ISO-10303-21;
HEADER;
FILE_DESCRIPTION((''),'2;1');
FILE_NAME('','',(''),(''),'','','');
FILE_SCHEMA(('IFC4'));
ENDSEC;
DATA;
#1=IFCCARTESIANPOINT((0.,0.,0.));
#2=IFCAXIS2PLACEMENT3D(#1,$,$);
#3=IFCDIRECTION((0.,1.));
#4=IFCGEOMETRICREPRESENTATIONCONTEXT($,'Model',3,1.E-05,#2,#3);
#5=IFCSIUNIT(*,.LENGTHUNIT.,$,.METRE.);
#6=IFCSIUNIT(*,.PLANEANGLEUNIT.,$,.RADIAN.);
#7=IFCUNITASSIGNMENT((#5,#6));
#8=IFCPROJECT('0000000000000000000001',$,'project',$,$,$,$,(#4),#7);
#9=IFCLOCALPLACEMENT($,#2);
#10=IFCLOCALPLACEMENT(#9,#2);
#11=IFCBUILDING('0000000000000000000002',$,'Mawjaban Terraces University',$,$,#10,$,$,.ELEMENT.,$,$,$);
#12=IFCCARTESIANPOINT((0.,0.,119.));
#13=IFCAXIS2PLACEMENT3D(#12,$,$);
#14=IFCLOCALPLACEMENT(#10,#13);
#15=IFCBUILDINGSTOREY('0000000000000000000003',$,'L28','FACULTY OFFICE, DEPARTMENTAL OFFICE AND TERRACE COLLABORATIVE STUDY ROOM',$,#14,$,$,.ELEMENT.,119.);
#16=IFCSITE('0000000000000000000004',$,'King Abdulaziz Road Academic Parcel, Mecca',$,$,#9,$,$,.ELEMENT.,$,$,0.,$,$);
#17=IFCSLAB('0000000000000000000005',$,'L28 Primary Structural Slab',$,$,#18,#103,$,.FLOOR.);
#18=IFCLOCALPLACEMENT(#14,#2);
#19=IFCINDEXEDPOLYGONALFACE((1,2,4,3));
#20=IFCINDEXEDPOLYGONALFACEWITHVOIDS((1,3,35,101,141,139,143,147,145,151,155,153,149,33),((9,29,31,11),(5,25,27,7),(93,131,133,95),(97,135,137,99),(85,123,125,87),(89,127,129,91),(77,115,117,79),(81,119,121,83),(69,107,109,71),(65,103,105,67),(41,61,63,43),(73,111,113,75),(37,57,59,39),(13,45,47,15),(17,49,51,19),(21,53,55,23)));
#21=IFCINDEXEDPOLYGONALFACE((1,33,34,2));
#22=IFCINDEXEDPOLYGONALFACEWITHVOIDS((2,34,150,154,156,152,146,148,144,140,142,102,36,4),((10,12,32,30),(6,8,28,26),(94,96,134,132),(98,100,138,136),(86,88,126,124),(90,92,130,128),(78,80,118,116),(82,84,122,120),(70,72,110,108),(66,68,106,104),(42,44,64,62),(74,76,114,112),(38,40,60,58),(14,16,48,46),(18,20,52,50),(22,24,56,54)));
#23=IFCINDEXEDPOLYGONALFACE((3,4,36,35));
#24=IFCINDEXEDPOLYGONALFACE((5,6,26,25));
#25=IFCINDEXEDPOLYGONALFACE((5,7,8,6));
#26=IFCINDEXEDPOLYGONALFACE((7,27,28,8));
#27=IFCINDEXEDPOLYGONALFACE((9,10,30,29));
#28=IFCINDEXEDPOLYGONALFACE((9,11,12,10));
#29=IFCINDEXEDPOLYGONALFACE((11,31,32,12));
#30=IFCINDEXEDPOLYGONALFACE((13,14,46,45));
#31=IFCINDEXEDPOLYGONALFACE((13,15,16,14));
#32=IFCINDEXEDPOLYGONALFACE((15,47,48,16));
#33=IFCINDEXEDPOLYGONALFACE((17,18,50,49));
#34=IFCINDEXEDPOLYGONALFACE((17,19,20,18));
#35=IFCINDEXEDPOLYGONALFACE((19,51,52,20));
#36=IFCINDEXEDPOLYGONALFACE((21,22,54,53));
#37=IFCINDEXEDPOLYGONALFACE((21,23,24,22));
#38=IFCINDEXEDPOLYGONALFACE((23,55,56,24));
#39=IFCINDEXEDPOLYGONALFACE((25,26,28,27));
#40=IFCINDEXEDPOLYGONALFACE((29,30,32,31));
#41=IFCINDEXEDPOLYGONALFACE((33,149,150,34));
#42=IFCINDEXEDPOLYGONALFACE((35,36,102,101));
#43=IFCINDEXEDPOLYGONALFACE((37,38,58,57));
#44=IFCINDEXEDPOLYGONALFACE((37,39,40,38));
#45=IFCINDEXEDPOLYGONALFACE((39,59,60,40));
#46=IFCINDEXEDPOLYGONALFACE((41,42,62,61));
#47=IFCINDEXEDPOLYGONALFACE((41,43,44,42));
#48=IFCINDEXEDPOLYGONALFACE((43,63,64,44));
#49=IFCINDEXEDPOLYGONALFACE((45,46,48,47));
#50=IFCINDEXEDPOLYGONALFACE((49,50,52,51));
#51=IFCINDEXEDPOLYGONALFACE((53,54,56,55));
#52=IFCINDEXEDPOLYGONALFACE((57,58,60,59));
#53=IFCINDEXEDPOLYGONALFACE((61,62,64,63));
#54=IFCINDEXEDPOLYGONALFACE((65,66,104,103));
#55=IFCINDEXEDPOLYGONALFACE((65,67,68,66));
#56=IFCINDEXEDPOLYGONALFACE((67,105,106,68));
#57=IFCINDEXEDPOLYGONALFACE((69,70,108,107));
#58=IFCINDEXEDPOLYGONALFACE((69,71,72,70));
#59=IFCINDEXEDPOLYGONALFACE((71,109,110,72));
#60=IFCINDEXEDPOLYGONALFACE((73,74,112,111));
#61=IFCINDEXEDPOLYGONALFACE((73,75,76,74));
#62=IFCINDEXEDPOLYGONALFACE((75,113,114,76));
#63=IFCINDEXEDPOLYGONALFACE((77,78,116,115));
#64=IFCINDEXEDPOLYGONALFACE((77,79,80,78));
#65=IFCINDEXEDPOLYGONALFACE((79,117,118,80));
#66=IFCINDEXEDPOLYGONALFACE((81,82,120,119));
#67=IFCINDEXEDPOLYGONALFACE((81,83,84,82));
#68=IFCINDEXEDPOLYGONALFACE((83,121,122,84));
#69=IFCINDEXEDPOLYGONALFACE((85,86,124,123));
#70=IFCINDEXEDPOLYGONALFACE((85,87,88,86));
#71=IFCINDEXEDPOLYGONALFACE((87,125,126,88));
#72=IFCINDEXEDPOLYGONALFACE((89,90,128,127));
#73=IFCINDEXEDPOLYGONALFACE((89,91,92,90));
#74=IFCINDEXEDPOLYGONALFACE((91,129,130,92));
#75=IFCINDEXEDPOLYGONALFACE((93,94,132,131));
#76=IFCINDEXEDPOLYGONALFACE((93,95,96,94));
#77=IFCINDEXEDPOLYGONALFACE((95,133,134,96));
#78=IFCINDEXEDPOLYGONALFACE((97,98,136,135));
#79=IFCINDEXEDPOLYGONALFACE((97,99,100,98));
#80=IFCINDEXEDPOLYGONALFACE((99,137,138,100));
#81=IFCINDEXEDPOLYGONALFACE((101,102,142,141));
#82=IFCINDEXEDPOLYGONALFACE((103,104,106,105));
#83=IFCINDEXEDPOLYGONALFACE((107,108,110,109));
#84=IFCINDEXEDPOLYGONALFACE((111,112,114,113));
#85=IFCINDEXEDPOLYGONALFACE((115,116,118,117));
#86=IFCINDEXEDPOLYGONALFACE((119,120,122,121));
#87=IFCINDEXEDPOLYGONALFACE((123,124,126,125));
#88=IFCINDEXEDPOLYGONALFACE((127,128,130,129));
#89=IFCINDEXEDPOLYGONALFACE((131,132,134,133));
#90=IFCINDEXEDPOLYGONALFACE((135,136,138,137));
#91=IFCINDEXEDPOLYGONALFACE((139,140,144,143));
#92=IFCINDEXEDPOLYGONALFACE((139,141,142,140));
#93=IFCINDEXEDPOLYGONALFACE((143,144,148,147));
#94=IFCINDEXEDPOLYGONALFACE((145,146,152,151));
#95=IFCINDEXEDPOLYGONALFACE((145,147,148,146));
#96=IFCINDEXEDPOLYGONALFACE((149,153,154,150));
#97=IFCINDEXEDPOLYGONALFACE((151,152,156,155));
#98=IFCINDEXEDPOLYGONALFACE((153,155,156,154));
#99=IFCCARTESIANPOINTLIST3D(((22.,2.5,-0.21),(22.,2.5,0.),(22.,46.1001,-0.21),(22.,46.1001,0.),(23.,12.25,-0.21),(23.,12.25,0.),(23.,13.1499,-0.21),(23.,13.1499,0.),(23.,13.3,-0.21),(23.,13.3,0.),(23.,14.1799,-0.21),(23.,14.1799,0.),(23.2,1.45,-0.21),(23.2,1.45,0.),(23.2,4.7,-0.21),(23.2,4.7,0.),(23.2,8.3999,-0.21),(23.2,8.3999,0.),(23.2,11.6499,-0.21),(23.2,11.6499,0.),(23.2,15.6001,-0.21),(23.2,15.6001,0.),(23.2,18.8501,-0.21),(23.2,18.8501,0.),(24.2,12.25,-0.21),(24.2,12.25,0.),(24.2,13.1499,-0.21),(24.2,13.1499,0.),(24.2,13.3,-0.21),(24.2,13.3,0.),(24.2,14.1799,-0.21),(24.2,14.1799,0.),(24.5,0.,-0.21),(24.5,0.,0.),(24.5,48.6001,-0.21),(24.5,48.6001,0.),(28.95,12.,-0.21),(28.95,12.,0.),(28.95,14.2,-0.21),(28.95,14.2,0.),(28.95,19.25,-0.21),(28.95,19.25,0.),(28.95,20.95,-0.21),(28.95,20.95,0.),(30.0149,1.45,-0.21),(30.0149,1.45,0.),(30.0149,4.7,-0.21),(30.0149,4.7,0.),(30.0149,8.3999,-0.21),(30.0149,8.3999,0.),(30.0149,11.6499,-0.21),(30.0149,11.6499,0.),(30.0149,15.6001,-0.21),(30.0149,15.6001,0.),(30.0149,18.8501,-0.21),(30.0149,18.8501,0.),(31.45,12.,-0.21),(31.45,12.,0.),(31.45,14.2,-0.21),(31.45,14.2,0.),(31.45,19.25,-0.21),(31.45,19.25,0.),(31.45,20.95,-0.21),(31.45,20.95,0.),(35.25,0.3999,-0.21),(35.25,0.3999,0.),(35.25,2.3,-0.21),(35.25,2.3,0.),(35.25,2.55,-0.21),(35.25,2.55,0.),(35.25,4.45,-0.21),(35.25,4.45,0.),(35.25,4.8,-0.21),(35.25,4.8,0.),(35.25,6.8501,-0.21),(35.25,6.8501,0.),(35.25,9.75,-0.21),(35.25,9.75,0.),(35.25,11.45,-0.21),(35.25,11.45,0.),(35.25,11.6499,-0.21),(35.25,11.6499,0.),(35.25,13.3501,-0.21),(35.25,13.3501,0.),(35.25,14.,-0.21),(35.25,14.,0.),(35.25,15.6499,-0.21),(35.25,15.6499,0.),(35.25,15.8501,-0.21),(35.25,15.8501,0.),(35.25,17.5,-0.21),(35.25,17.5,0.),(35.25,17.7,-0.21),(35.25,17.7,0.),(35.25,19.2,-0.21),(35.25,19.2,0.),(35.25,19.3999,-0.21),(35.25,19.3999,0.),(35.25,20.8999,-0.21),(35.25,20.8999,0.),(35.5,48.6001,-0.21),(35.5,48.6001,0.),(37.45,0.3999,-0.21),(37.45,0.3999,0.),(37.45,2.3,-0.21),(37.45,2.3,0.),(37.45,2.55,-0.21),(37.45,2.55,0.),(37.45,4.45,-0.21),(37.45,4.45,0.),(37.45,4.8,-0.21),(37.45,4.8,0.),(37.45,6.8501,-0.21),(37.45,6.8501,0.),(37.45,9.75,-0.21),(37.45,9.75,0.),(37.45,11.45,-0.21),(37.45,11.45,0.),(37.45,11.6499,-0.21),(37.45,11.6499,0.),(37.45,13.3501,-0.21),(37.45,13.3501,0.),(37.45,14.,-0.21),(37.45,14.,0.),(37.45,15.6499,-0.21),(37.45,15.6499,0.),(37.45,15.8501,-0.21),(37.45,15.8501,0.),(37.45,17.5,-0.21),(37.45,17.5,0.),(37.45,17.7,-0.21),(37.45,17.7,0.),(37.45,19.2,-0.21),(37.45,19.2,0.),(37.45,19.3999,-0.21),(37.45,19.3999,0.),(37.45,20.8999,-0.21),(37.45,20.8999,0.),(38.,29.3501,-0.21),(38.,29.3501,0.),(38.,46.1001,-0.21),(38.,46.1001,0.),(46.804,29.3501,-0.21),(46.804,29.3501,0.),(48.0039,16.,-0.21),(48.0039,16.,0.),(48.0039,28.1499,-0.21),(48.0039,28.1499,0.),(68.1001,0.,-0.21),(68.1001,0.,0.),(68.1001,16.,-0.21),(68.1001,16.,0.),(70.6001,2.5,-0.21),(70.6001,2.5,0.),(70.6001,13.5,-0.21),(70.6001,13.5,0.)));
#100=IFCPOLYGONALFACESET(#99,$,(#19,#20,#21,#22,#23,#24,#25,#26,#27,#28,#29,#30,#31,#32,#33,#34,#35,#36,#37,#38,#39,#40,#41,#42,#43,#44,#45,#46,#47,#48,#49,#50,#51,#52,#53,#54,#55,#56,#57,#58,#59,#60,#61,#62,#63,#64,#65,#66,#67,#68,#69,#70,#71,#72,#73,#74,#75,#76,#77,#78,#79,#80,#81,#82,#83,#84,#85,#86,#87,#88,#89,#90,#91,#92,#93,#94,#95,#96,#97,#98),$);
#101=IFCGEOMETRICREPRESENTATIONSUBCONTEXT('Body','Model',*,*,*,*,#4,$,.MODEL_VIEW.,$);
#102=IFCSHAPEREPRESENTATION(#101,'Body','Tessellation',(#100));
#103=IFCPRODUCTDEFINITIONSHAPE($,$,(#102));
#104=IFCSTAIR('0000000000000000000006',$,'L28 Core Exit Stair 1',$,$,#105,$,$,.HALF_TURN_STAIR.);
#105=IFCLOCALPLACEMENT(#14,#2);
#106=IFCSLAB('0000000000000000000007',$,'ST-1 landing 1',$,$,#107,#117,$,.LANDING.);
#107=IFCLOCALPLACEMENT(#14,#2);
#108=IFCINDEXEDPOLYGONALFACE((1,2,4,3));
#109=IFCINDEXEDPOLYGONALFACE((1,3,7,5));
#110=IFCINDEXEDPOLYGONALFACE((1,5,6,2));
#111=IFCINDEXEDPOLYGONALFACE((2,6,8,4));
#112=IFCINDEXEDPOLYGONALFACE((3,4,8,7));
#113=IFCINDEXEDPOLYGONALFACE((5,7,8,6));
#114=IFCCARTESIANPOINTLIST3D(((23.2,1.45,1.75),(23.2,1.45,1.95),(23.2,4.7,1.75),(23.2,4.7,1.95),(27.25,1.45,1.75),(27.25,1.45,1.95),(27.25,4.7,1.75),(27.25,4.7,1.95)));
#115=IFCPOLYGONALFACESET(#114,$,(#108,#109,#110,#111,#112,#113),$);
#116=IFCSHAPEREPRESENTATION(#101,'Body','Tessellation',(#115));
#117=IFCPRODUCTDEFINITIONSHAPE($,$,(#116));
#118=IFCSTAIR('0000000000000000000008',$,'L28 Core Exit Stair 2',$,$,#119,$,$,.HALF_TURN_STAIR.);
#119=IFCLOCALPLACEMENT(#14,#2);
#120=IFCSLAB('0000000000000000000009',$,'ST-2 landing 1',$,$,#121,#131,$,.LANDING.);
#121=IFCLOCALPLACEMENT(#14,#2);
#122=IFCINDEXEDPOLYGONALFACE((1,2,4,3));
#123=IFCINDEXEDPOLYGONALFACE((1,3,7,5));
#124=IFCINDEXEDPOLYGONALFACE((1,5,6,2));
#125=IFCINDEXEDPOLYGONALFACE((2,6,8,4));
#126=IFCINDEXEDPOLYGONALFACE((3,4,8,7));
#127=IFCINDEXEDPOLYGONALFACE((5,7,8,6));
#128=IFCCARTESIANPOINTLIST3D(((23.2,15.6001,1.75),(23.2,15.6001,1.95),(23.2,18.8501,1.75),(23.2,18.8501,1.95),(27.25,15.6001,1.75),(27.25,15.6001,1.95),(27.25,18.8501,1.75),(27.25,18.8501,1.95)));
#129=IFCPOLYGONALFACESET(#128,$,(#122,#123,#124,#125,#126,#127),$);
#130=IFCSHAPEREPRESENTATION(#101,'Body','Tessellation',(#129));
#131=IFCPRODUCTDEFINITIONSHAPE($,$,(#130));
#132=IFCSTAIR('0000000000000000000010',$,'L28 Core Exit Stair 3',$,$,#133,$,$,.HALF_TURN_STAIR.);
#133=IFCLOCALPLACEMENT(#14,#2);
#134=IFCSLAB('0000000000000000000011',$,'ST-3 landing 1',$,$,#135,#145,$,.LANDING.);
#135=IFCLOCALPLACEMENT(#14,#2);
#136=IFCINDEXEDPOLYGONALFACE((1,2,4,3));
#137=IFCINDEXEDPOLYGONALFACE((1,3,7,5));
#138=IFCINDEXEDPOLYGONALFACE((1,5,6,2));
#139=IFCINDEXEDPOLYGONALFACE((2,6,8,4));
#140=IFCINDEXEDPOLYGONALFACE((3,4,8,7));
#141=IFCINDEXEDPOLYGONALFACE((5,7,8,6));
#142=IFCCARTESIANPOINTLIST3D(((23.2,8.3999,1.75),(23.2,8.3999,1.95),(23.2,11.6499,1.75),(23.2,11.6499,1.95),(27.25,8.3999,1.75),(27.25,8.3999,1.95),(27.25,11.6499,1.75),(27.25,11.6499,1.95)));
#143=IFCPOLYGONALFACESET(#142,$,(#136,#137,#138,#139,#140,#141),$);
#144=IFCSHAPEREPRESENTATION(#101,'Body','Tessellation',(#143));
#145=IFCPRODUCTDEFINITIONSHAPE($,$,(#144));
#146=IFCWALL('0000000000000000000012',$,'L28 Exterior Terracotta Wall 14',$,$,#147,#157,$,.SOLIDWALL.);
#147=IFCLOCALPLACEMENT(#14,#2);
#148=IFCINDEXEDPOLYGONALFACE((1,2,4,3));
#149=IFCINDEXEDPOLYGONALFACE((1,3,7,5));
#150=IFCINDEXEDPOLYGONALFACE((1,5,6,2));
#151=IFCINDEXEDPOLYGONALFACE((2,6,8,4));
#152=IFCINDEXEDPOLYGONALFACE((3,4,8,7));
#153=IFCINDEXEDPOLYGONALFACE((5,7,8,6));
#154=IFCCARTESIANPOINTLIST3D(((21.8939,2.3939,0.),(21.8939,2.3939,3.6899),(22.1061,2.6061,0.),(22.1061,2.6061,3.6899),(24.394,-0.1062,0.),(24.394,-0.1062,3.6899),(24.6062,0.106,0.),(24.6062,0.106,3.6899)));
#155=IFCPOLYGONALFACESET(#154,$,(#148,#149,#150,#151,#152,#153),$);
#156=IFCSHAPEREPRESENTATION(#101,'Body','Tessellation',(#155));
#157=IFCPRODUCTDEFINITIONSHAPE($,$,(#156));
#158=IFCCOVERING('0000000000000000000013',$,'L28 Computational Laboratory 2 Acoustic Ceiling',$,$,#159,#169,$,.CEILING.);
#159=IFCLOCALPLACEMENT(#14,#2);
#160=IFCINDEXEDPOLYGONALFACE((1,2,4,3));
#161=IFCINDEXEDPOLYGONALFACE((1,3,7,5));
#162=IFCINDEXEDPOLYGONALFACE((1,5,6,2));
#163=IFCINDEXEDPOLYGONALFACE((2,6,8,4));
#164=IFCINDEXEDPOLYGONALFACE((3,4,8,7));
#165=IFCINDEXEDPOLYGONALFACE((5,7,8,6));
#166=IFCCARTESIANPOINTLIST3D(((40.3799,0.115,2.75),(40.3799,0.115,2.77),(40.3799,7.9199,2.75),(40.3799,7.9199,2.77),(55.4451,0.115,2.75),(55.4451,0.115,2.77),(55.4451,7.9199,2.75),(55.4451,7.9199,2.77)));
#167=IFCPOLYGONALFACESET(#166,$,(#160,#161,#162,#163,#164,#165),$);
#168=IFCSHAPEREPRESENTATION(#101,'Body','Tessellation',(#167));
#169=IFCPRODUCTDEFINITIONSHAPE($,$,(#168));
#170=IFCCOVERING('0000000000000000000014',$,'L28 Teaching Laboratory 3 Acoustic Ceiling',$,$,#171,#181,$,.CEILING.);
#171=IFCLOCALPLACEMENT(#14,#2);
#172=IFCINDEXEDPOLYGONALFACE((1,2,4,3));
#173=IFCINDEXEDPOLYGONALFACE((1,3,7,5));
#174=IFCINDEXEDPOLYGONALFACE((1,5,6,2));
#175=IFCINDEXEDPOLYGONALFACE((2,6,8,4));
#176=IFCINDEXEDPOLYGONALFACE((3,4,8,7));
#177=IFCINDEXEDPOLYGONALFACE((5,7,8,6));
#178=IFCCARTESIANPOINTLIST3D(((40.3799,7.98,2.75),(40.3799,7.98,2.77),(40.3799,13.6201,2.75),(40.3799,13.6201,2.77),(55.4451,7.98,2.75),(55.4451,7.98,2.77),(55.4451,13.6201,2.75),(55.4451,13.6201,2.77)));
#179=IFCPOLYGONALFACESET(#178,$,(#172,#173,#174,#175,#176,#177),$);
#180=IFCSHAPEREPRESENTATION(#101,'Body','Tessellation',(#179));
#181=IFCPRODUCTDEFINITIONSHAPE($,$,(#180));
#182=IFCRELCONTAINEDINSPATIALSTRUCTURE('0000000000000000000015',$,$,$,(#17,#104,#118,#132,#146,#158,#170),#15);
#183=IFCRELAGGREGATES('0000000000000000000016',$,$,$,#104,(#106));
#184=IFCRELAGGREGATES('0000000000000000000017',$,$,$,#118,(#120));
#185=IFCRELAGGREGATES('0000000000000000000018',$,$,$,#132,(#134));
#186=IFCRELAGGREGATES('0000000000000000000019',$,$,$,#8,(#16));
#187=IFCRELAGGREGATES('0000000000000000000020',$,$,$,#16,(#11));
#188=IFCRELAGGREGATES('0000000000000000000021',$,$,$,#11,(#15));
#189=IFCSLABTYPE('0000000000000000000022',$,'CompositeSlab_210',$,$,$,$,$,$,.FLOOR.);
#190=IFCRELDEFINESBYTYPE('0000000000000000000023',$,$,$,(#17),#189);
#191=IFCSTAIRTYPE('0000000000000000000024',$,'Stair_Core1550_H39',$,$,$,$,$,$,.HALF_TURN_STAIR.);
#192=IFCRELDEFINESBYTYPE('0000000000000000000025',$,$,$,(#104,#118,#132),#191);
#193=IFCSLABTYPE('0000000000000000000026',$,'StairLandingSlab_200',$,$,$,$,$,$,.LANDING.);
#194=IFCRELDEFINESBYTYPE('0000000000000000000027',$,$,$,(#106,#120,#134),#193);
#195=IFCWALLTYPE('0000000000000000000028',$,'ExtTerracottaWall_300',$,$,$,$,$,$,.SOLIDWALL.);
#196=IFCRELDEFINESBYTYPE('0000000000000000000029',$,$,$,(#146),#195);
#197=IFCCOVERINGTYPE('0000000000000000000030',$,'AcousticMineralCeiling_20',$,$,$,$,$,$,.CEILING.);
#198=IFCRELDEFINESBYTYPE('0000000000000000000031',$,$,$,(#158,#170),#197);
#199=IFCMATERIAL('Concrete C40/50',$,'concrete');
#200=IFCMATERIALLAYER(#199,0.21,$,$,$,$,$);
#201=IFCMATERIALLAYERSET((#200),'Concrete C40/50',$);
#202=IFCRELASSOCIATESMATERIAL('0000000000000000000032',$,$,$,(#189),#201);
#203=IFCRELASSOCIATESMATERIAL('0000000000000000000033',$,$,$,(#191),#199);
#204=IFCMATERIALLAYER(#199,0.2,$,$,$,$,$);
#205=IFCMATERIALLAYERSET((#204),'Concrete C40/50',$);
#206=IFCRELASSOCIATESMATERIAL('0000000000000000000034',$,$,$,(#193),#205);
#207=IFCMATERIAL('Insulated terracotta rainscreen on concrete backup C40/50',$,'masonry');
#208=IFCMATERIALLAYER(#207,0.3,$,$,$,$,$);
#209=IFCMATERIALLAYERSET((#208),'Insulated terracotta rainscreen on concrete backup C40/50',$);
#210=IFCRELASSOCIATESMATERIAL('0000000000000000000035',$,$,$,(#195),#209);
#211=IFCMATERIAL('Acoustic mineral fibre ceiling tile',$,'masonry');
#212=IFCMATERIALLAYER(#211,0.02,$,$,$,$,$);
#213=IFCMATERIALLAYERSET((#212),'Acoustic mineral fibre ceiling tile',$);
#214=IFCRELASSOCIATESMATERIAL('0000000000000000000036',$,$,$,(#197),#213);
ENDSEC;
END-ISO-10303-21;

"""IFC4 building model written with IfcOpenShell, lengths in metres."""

from ifc_helpers import new_model, si_unit, direction, frame, frame_2d, origin, place, context, subcontext, project, spatial, polyline, rectangle, outline, extrude, material, layer, layer_set, type_object, element, aggregate, save


model = new_model("IFC4")

# Units and contexts
model_context = context("Model", 3, precision=1e-05, world=origin(), true_north=direction((0.0, 1.0)))
body_context = subcontext(model_context, "Body", "Model", "MODEL_VIEW")
ifc_project = project(units=[si_unit("LENGTHUNIT", "METRE"), si_unit("PLANEANGLEUNIT", "RADIAN")], contexts=[model_context])

# Site, building, storey
site_placement = place(None, origin())
site = spatial("IfcSite", under=ifc_project, at=site_placement, Name="King Abdulaziz Road Academic Parcel, Mecca", CompositionType="ELEMENT", RefElevation=0.0)
building_placement = place(site_placement, origin())
building = spatial("IfcBuilding", under=site, at=building_placement, Name="Mawjaban Terraces University", CompositionType="ELEMENT")
storey_placement = place(building_placement, frame((0.0, 0.0, 119.0)))
storey = spatial("IfcBuildingStorey", under=building, at=storey_placement, Name="L28", Description="FACULTY OFFICE, DEPARTMENTAL OFFICE AND TERRACE COLLABORATIVE STUDY ROOM", CompositionType="ELEMENT", Elevation=119.0)

# Slab
ifc_material_1 = material(Name="Concrete C40/50", Category="concrete")
ifc_layer_1 = layer(ifc_material_1, 0.21)
ifc_layer_set_1 = layer_set([ifc_layer_1], Name="Concrete C40/50")
slab_type_1 = type_object("IfcSlabType", Name="CompositeSlab_210", PredefinedType="FLOOR", material=ifc_layer_set_1)
slab_1_placement = place(storey_placement, frame((0.0, 0.0, -0.21)))
element("IfcSlab", 1, at=slab_1_placement, inside=storey, type_object=slab_type_1, Name="L28 Primary Structural Slab", PredefinedType="FLOOR", context=body_context, shape_type="SweptSolid", body=[
    extrude(outline(polyline([(24.5, 0.0), (68.1001, 0.0), (70.6001, 2.5), (70.6001, 13.5), (68.1001, 16.0), (48.0039, 16.0), (48.0039, 28.1499), (46.804, 29.3501), (38.0, 29.3501), (38.0, 46.1001), (35.5, 48.6001), (24.5, 48.6001), (22.0, 46.1001), (22.0, 2.5), (24.5, 0.0)]), holes=[polyline([(30.0149, 4.7), (23.2, 4.7), (23.2, 1.45), (30.0149, 1.45), (30.0149, 4.7)]), polyline([(30.0149, 18.8501), (23.2, 18.8501), (23.2, 15.6001), (30.0149, 15.6001), (30.0149, 18.8501)]), polyline([(30.0149, 11.6499), (23.2, 11.6499), (23.2, 8.3999), (30.0149, 8.3999), (30.0149, 11.6499)]), polyline([(35.25, 0.3999), (37.45, 0.3999), (37.45, 2.3), (35.25, 2.3), (35.25, 0.3999)]), polyline([(35.25, 2.55), (37.45, 2.55), (37.45, 4.45), (35.25, 4.45), (35.25, 2.55)]), polyline([(35.25, 4.8), (37.45, 4.8), (37.45, 6.8501), (35.25, 6.8501), (35.25, 4.8)]), polyline([(35.25, 9.75), (37.45, 9.75), (37.45, 11.45), (35.25, 11.45), (35.25, 9.75)]), polyline([(35.25, 11.6499), (37.45, 11.6499), (37.45, 13.3501), (35.25, 13.3501), (35.25, 11.6499)]), polyline([(28.95, 12.0), (31.45, 12.0), (31.45, 14.2), (28.95, 14.2), (28.95, 12.0)]), polyline([(35.25, 14.0), (37.45, 14.0), (37.45, 15.6499), (35.25, 15.6499), (35.25, 14.0)]), polyline([(35.25, 15.8501), (37.45, 15.8501), (37.45, 17.5), (35.25, 17.5), (35.25, 15.8501)]), polyline([(35.25, 17.7), (37.45, 17.7), (37.45, 19.2), (35.25, 19.2), (35.25, 17.7)]), polyline([(35.25, 19.3999), (37.45, 19.3999), (37.45, 20.8999), (35.25, 20.8999), (35.25, 19.3999)]), polyline([(28.95, 19.25), (31.45, 19.25), (31.45, 20.95), (28.95, 20.95), (28.95, 19.25)]), polyline([(23.0, 12.25), (24.2, 12.25), (24.2, 13.1499), (23.0, 13.1499), (23.0, 12.25)]), polyline([(23.0, 13.3), (24.2, 13.3), (24.2, 14.1799), (23.0, 14.1799), (23.0, 13.3)])]), origin(), (0.0, 0.0, 1.0), 0.21),
])

# Stairs, slabs
stair_type = type_object("IfcStairType", Name="Stair_Core1550_H39", PredefinedType="HALF_TURN_STAIR", material=ifc_material_1)
stair_1_placement = place(storey_placement, origin())
stair_1 = element("IfcStair", 2, at=stair_1_placement, inside=storey, type_object=stair_type, Name="L28 Core Exit Stair 1", PredefinedType="HALF_TURN_STAIR")
ifc_layer_2 = layer(ifc_material_1, 0.2)
ifc_layer_set_2 = layer_set([ifc_layer_2], Name="Concrete C40/50")
slab_type_2 = type_object("IfcSlabType", Name="StairLandingSlab_200", PredefinedType="LANDING", material=ifc_layer_set_2)
slab_2_placement = place(storey_placement, frame((0.0, 0.0, 1.75)))
slab_2 = element("IfcSlab", 3, at=slab_2_placement, type_object=slab_type_2, Name="ST-1 landing 1", PredefinedType="LANDING", context=body_context, shape_type="SweptSolid", body=[
    extrude(outline(polyline([(27.25, 4.7), (23.2, 4.7), (23.2, 1.45), (27.25, 1.45), (27.25, 4.7)])), origin(), (0.0, 0.0, 1.0), 0.2),
])
aggregate(stair_1, [slab_2])
stair_2_placement = place(storey_placement, origin())
stair_2 = element("IfcStair", 4, at=stair_2_placement, inside=storey, type_object=stair_type, Name="L28 Core Exit Stair 2", PredefinedType="HALF_TURN_STAIR")
slab_3_placement = place(storey_placement, frame((0.0, 0.0, 1.75)))
slab_3 = element("IfcSlab", 5, at=slab_3_placement, type_object=slab_type_2, Name="ST-2 landing 1", PredefinedType="LANDING", context=body_context, shape_type="SweptSolid", body=[
    extrude(outline(polyline([(27.25, 18.8501), (23.2, 18.8501), (23.2, 15.6001), (27.25, 15.6001), (27.25, 18.8501)])), origin(), (0.0, 0.0, 1.0), 0.2),
])
aggregate(stair_2, [slab_3])
stair_3_placement = place(storey_placement, origin())
stair_3 = element("IfcStair", 6, at=stair_3_placement, inside=storey, type_object=stair_type, Name="L28 Core Exit Stair 3", PredefinedType="HALF_TURN_STAIR")
slab_4_placement = place(storey_placement, frame((0.0, 0.0, 1.75)))
slab_4 = element("IfcSlab", 7, at=slab_4_placement, type_object=slab_type_2, Name="ST-3 landing 1", PredefinedType="LANDING", context=body_context, shape_type="SweptSolid", body=[
    extrude(outline(polyline([(27.25, 11.6499), (23.2, 11.6499), (23.2, 8.3999), (27.25, 8.3999), (27.25, 11.6499)])), origin(), (0.0, 0.0, 1.0), 0.2),
])
aggregate(stair_3, [slab_4])

# Wall
ifc_material_2 = material(Name="Insulated terracotta rainscreen on concrete backup C40/50", Category="masonry")
ifc_layer_3 = layer(ifc_material_2, 0.3)
ifc_layer_set_3 = layer_set([ifc_layer_3], Name="Insulated terracotta rainscreen on concrete backup C40/50")
wall_type = type_object("IfcWallType", Name="ExtTerracottaWall_300", PredefinedType="SOLIDWALL", material=ifc_layer_set_3)
wall_placement = place(storey_placement, frame((22.0, 2.5, 0.0), z_axis=(0.0, 0.0, 1.0), x_axis=(0.707107, -0.707107, 0.0)))
element("IfcWall", 8, at=wall_placement, inside=storey, type_object=wall_type, Name="L28 Exterior Terracotta Wall 14", PredefinedType="SOLIDWALL", context=body_context, shape_type="SweptSolid", body=[
    extrude(rectangle(XDim=3.5356, YDim=0.3, at=frame_2d((1.7678, 0.0))), origin(), (0.0, 0.0, 1.0), 3.6899),
])

# Coverings
ifc_material_3 = material(Name="Acoustic mineral fibre ceiling tile", Category="masonry")
ifc_layer_4 = layer(ifc_material_3, 0.02)
ifc_layer_set_4 = layer_set([ifc_layer_4], Name="Acoustic mineral fibre ceiling tile")
covering_type = type_object("IfcCoveringType", Name="AcousticMineralCeiling_20", PredefinedType="CEILING", material=ifc_layer_set_4)
covering_1_placement = place(storey_placement, frame((0.0, 0.0, 2.75)))
element("IfcCovering", 9, at=covering_1_placement, inside=storey, type_object=covering_type, Name="L28 Computational Laboratory 2 Acoustic Ceiling", PredefinedType="CEILING", context=body_context, shape_type="SweptSolid", body=[
    extrude(outline(polyline([(40.3799, 0.115), (55.4451, 0.115), (55.4451, 7.9199), (40.3799, 7.9199), (40.3799, 0.115)])), origin(), (0.0, 0.0, 1.0), 0.02),
])
covering_2_placement = place(storey_placement, frame((0.0, 0.0, 2.75)))
element("IfcCovering", 10, at=covering_2_placement, inside=storey, type_object=covering_type, Name="L28 Teaching Laboratory 3 Acoustic Ceiling", PredefinedType="CEILING", context=body_context, shape_type="SweptSolid", body=[
    extrude(outline(polyline([(55.4451, 7.98), (55.4451, 13.6201), (40.3799, 13.6201), (40.3799, 7.98), (55.4451, 7.98)])), origin(), (0.0, 0.0, 1.0), 0.02),
])

save(model, "model.ifc")
